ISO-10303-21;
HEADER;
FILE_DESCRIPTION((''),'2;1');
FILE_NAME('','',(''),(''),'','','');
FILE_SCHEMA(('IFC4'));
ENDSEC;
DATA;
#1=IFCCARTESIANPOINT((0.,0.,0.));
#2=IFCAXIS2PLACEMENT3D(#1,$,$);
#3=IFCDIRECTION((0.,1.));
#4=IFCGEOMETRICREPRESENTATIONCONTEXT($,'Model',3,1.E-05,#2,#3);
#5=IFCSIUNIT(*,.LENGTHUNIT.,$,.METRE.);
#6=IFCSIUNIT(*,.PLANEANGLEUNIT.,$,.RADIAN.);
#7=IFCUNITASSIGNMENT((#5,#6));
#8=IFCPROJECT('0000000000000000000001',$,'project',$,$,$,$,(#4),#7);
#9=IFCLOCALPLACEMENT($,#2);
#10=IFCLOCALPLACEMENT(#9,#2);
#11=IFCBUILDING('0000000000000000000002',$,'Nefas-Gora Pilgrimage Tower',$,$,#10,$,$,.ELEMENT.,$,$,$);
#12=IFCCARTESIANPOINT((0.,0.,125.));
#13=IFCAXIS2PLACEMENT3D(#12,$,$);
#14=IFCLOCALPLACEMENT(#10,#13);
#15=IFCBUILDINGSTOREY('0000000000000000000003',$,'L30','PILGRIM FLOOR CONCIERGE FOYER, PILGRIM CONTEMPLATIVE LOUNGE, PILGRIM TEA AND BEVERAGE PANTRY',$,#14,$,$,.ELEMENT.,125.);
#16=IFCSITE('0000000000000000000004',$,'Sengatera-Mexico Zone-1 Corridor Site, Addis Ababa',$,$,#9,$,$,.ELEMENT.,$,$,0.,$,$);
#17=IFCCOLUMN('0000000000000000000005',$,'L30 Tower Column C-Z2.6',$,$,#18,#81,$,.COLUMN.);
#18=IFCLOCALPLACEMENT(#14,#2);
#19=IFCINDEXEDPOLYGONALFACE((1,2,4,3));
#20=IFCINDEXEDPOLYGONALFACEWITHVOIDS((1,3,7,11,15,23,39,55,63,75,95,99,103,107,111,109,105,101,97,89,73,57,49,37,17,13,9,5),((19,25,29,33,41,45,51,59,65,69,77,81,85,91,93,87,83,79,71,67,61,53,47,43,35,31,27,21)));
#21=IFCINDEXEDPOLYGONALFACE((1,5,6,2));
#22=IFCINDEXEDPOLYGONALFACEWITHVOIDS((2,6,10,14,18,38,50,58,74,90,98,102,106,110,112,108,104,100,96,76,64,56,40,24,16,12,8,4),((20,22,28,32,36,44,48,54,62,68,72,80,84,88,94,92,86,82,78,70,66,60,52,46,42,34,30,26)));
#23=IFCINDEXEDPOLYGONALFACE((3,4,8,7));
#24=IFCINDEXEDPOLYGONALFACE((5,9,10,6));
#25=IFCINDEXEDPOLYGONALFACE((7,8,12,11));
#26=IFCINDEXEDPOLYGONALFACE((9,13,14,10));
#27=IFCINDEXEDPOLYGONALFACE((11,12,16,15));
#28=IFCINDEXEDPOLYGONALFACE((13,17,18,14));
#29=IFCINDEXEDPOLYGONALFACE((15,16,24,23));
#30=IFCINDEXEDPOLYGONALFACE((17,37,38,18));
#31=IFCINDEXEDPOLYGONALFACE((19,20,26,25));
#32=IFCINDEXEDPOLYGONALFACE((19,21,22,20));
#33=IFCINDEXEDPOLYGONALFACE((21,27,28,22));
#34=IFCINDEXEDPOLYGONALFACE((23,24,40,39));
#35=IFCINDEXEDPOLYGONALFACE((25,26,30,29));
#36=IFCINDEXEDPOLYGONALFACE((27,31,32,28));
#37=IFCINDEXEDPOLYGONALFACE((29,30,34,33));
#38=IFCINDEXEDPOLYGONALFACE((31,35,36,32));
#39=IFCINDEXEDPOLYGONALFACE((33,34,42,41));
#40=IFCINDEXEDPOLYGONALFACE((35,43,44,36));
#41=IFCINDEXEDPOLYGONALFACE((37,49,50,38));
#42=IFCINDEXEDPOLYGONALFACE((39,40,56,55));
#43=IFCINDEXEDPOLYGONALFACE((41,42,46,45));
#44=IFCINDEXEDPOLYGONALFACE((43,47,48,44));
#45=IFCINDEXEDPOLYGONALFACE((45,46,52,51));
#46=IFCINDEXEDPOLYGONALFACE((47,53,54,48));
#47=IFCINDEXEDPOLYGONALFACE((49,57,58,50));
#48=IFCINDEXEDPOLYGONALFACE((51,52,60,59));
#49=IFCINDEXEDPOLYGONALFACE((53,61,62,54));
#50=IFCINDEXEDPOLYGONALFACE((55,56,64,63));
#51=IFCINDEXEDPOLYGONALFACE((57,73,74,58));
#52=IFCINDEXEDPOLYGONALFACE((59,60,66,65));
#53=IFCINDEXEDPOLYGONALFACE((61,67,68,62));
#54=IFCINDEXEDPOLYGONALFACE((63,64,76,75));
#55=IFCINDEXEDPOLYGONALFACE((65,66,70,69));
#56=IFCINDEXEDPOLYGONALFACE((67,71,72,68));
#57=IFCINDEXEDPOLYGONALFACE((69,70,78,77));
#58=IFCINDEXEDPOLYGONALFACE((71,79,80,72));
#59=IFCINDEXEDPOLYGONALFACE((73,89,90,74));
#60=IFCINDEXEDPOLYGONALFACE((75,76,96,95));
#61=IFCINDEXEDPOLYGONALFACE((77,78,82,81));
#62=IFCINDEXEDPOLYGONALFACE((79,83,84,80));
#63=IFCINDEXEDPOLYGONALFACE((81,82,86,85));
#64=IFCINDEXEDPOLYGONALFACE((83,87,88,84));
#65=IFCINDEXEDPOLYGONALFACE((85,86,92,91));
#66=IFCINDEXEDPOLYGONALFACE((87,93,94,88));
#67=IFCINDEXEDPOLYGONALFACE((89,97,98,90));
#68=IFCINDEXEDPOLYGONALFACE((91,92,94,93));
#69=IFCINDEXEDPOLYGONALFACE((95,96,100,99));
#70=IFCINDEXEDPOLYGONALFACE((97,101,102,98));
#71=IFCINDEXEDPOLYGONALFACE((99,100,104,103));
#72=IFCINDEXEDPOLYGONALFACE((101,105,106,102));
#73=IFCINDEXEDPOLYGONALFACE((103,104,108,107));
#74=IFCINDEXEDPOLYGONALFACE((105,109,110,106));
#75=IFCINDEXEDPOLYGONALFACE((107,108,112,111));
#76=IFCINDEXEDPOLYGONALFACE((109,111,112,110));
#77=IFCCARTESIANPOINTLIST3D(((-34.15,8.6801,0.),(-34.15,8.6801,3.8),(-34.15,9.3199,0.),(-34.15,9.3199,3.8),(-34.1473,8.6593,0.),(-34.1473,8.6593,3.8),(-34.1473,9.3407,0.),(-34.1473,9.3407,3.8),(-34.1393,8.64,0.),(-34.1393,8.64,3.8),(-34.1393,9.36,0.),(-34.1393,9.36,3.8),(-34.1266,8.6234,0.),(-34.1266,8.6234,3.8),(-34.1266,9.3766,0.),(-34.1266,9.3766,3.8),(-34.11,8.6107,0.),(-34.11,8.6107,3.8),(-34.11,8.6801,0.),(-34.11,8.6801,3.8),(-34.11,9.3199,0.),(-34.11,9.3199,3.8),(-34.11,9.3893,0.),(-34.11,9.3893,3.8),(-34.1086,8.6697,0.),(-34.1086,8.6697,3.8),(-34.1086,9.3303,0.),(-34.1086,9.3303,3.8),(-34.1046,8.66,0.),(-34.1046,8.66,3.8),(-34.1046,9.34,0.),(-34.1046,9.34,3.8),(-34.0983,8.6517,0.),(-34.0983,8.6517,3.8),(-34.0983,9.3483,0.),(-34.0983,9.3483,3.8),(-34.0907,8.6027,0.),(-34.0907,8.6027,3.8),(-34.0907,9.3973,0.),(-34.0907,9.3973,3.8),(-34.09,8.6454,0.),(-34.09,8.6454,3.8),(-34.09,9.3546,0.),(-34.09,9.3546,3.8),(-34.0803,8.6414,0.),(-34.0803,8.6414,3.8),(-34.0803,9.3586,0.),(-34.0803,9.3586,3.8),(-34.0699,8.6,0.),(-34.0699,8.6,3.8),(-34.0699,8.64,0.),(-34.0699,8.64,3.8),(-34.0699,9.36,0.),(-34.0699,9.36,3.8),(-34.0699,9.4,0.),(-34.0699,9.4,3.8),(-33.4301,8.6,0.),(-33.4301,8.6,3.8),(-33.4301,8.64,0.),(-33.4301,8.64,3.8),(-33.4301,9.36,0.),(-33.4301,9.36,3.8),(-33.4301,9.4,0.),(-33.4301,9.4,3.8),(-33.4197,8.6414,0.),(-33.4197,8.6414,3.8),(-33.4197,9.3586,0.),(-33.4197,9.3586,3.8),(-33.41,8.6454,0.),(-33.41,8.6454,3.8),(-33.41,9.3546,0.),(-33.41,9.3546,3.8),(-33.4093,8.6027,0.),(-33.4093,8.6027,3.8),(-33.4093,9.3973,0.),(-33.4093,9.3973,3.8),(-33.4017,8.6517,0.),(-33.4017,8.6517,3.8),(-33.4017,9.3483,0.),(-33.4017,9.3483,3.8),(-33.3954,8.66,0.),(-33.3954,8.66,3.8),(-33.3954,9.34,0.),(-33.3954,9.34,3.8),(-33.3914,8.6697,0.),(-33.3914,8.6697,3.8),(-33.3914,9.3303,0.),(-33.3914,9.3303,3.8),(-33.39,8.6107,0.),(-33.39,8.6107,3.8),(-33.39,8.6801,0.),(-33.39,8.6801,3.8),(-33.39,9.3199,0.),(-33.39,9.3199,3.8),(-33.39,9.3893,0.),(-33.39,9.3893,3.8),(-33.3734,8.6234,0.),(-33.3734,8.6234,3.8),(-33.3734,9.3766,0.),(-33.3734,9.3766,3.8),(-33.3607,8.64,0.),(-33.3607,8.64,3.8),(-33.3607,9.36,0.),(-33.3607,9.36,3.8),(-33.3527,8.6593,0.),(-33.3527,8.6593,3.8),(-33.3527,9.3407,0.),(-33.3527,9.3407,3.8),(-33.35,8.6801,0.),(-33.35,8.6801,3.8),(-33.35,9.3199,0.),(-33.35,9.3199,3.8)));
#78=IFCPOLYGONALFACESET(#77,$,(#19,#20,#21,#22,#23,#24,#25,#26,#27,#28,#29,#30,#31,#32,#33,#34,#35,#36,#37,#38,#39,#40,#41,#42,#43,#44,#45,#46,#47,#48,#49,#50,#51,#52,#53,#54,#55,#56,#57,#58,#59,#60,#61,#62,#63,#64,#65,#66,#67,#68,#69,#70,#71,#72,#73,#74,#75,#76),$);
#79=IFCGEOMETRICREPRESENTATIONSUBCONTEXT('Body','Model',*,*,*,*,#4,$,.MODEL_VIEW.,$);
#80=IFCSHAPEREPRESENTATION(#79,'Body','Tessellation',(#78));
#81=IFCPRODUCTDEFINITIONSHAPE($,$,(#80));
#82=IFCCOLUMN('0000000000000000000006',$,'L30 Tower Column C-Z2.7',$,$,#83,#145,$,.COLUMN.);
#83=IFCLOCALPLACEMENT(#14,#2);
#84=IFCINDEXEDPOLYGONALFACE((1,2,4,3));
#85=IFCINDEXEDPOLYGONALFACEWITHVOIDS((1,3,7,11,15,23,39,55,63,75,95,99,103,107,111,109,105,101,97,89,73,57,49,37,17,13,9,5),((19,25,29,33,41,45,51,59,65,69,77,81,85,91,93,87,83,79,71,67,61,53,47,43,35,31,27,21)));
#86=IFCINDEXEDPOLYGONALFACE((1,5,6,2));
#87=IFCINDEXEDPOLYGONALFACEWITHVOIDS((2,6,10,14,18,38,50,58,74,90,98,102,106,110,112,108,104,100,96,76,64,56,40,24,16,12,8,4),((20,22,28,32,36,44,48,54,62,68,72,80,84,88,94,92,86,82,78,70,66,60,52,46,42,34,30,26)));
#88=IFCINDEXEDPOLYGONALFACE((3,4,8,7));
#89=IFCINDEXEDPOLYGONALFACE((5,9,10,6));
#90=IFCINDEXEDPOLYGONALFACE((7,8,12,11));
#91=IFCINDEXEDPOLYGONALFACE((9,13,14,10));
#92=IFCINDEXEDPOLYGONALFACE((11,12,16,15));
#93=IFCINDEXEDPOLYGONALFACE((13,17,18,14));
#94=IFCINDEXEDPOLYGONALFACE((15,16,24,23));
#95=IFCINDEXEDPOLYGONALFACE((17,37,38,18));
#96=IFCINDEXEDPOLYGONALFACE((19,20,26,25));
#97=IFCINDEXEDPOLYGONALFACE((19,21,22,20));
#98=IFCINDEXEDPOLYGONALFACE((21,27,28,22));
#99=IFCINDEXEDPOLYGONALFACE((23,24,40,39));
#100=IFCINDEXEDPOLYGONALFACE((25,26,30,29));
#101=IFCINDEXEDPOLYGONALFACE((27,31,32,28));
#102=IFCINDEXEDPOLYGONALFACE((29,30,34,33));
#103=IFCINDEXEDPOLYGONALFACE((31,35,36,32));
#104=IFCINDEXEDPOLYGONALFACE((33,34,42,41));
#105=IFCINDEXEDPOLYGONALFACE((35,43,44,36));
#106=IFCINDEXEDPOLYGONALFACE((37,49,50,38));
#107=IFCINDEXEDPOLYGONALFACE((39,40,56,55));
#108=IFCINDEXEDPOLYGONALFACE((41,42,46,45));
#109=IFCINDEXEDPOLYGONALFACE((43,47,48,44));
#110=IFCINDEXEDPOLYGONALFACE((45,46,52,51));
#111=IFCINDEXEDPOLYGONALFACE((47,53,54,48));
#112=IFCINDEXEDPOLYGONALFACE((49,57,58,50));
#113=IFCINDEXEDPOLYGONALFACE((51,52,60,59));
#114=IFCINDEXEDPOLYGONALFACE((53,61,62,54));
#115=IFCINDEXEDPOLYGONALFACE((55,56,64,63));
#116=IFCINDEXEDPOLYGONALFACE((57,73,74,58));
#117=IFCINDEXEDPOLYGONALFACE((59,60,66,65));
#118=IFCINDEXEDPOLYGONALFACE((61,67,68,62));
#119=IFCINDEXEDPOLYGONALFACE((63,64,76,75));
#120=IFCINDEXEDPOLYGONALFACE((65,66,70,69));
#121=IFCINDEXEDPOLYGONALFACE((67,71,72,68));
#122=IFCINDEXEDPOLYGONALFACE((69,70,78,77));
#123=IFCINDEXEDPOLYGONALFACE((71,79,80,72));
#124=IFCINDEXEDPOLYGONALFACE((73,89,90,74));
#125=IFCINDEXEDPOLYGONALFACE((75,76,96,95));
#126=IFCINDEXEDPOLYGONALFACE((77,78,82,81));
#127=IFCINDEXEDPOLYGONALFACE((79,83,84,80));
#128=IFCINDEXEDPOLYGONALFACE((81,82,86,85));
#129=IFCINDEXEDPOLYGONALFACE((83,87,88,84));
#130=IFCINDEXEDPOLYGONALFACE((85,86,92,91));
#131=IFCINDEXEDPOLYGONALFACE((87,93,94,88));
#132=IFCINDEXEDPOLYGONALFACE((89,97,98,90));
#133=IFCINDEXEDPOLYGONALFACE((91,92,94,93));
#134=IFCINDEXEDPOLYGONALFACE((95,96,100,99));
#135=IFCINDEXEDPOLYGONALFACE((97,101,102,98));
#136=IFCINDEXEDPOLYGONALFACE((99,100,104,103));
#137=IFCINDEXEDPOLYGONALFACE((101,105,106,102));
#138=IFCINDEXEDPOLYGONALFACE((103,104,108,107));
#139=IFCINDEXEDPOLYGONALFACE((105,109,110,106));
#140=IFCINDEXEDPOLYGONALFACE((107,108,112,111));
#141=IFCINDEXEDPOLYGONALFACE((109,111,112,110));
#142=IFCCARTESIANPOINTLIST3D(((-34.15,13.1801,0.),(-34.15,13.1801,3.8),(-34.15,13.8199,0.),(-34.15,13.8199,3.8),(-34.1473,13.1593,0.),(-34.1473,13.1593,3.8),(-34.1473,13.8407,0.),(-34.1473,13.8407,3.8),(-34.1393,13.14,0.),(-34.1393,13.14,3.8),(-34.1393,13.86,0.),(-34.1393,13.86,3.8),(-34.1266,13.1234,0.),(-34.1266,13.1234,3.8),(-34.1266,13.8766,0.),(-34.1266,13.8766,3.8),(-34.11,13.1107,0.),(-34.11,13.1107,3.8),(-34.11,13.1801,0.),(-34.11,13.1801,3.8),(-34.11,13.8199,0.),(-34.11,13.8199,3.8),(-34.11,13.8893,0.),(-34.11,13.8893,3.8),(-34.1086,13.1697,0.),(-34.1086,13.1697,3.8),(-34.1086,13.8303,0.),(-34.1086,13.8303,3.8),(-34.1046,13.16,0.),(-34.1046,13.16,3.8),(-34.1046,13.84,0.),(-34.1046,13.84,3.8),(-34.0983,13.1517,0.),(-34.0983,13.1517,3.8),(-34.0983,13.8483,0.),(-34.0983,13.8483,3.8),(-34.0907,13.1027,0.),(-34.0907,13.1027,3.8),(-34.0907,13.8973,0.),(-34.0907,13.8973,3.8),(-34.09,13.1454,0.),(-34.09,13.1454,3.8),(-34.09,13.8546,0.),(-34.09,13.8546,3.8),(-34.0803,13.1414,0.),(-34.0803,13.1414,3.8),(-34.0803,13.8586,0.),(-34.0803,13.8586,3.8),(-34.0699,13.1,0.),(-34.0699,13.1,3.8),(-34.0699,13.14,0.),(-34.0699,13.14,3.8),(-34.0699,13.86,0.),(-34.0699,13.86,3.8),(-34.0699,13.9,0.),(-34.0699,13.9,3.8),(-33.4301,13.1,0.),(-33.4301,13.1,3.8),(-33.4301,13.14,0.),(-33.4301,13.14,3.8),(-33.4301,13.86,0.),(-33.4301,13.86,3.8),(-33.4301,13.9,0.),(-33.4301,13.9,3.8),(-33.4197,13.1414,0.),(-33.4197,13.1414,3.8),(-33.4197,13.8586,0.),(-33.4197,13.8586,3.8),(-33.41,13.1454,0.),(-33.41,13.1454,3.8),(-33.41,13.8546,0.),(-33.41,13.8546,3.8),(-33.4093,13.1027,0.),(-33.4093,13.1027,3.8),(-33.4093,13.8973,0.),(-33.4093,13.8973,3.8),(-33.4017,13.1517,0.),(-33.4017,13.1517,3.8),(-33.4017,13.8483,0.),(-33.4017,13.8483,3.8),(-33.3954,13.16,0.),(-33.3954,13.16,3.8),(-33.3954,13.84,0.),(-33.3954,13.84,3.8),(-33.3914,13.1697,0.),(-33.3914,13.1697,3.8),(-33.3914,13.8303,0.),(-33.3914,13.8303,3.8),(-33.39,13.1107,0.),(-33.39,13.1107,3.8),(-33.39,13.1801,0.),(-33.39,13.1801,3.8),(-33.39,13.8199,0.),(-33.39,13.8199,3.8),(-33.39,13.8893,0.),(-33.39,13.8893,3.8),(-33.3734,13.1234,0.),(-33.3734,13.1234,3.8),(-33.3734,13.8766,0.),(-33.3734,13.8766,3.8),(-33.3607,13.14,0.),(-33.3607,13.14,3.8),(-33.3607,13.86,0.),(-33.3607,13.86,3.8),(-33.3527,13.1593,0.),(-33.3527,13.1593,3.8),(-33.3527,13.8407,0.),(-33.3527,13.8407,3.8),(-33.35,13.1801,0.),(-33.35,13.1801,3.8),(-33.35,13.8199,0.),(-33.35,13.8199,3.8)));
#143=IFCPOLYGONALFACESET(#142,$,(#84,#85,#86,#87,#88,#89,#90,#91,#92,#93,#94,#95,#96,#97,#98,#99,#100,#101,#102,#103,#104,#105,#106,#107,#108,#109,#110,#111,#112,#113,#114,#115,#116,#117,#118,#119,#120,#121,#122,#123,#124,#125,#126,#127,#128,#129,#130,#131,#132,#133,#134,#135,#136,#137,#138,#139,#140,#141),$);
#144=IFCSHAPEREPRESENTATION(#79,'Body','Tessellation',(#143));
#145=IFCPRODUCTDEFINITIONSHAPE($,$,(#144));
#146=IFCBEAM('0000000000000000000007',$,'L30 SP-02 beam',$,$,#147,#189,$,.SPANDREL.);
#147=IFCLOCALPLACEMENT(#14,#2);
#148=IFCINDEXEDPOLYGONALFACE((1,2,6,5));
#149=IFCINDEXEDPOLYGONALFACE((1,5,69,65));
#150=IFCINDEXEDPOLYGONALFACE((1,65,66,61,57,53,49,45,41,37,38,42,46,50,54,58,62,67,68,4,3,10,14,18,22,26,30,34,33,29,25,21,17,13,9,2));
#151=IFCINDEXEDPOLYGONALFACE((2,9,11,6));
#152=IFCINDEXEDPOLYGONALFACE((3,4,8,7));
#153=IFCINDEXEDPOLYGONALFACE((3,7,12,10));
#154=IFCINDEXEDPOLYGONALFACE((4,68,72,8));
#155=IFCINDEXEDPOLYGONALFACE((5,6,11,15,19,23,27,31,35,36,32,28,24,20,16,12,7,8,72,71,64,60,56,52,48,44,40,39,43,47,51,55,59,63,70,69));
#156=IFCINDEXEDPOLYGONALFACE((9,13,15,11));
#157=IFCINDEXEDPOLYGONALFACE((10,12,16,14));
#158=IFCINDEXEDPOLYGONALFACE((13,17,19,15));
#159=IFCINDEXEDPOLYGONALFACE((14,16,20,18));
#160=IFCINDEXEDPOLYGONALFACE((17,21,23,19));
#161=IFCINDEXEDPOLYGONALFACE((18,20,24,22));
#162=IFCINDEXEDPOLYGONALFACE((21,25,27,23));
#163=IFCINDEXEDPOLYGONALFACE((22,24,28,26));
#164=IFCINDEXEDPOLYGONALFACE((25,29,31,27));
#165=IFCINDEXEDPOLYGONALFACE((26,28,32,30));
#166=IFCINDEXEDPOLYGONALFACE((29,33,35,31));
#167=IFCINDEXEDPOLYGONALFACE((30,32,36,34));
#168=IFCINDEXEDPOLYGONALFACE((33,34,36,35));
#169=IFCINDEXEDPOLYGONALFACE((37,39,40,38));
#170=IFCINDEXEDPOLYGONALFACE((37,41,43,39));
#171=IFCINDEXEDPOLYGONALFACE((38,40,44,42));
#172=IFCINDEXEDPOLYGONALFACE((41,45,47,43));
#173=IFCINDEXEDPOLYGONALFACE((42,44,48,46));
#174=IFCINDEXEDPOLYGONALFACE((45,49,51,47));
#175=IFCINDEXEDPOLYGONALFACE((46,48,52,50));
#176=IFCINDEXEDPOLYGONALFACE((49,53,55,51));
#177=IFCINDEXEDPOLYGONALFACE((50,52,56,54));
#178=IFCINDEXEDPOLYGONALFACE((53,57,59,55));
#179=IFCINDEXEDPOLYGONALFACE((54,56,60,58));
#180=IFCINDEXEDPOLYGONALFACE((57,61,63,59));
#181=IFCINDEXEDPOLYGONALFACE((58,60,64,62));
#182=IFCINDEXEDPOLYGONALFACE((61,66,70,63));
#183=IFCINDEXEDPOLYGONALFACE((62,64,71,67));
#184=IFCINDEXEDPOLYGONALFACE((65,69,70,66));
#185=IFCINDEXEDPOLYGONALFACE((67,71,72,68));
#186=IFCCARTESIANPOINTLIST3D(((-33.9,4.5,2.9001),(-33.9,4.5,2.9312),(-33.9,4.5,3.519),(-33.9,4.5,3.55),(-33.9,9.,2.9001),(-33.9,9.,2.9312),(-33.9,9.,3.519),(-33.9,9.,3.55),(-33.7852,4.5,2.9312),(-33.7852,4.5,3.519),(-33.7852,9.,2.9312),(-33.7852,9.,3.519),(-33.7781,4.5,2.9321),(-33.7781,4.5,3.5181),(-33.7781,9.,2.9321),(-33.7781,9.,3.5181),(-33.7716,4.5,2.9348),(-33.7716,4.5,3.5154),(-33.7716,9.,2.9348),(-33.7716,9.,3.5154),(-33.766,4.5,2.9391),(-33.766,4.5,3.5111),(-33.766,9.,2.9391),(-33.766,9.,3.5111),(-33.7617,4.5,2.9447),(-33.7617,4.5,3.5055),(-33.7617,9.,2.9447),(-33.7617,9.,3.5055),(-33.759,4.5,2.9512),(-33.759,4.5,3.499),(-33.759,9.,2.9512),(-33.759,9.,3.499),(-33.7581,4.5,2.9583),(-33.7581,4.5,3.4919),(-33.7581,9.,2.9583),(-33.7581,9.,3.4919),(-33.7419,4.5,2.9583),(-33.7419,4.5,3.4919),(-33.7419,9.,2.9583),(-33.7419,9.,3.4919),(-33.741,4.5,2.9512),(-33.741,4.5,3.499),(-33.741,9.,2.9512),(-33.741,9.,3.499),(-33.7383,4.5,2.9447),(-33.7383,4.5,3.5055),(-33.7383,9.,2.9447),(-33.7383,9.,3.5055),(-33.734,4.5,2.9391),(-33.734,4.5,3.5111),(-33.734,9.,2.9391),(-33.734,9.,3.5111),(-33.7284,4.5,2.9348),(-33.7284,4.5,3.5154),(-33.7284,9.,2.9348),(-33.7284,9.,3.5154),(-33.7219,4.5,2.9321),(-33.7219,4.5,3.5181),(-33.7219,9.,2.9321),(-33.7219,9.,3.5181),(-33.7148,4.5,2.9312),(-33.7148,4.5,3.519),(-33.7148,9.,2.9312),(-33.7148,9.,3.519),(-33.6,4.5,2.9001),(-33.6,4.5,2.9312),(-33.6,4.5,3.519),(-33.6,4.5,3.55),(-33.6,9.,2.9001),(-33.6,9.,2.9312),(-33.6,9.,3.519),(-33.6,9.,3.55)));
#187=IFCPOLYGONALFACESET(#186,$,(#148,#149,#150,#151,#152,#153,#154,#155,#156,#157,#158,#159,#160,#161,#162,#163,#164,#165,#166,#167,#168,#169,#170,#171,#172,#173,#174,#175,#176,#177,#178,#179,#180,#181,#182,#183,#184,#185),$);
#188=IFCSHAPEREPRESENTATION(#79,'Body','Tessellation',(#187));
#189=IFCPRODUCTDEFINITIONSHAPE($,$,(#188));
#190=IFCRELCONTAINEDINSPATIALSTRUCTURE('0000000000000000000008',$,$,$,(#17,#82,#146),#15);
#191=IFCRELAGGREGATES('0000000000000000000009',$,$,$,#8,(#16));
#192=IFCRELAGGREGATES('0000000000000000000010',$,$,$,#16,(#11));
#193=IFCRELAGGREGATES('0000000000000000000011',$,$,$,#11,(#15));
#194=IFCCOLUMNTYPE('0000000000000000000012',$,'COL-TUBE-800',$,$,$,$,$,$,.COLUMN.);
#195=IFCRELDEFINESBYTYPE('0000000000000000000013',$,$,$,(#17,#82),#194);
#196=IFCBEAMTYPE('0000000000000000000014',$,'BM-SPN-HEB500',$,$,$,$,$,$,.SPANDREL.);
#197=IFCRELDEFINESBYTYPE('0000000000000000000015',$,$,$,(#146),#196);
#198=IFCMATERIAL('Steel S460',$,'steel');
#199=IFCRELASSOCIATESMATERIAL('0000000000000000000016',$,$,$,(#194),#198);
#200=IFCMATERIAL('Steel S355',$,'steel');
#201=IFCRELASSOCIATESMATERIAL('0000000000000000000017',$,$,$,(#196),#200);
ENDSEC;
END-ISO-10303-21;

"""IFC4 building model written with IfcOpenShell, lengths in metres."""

from ifc_helpers import new_model, si_unit, direction, frame, origin, origin_2d, place, context, subcontext, project, spatial, hollow_rectangle, i_section, extrude, source, transform, mapped, material, material_profile, profile_set, type_object, element, save


model = new_model("IFC4")

# Units and contexts
model_context = context("Model", 3, precision=1e-05, world=origin(), true_north=direction((0.0, 1.0)))
body_context = subcontext(model_context, "Body", "Model", "MODEL_VIEW")
ifc_project = project(units=[si_unit("LENGTHUNIT", "METRE"), si_unit("PLANEANGLEUNIT", "RADIAN")], contexts=[model_context])

# Site, building, storey
site_placement = place(None, origin())
site = spatial("IfcSite", under=ifc_project, at=site_placement, Name="Sengatera-Mexico Zone-1 Corridor Site, Addis Ababa", CompositionType="ELEMENT", RefElevation=0.0)
building_placement = place(site_placement, origin())
building = spatial("IfcBuilding", under=site, at=building_placement, Name="Nefas-Gora Pilgrimage Tower", CompositionType="ELEMENT")
storey_placement = place(building_placement, frame((0.0, 0.0, 125.0)))
storey = spatial("IfcBuildingStorey", under=building, at=storey_placement, Name="L30", Description="PILGRIM FLOOR CONCIERGE FOYER, PILGRIM CONTEMPLATIVE LOUNGE, PILGRIM TEA AND BEVERAGE PANTRY", CompositionType="ELEMENT", Elevation=125.0)

# Columns
ifc_material_1 = material(Name="Steel S460", Category="steel")
ifc_material_profile_1 = material_profile(ifc_material_1, hollow_rectangle(XDim=0.8, YDim=0.8, WallThickness=0.04, InnerFilletRadius=0.04, OuterFilletRadius=0.0801, at=origin_2d()), Name="BOX 800x800x40")
ifc_profile_set_1 = profile_set([ifc_material_profile_1], Name="Steel S460")
column_type_1 = type_object("IfcColumnType", Name="COL-TUBE-800", PredefinedType="COLUMN", material=ifc_profile_set_1)
shared_shape_1 = source(origin(), body_context, "Body", "SweptSolid", [
    extrude(hollow_rectangle(XDim=0.8, YDim=0.8, WallThickness=0.04, InnerFilletRadius=0.04, OuterFilletRadius=0.0801, at=origin_2d()), origin(), (0.0, 0.0, 1.0), 3.8),
])
for number, where, z_axis, x_axis, name in (
    (1, (-33.75, 9.0, 0.0), (0.0, 0.0, 1.0), (1.0, 0.0, 0.0), "L30 Tower Column C-Z2.6"),
    (2, (-33.75, 13.5, 0.0), (0.0, 0.0, 1.0), (1.0, 0.0, 0.0), "L30 Tower Column C-Z2.7"),
):
    element("IfcColumn", number, at=place(storey_placement, frame(where, z_axis=z_axis, x_axis=x_axis)), inside=storey, type_object=column_type_1, Name=name, PredefinedType="COLUMN", context=body_context, shape_type="MappedRepresentation", body=[
        mapped(shared_shape_1, transform((0.0, 0.0, 0.0), x_axis=(1.0, 0.0, 0.0), y_axis=(0.0, 1.0, 0.0), z_axis=(0.0, 0.0, 1.0), scale=1.0)),
    ])

# Beam
ifc_material_2 = material(Name="Steel S355", Category="steel")
ifc_material_profile_2 = material_profile(ifc_material_2, i_section(OverallWidth=0.3, OverallDepth=0.6499, WebThickness=0.0161, FlangeThickness=0.031, FilletRadius=0.0271, at=origin_2d()), Name="HEB 650")
ifc_profile_set_2 = profile_set([ifc_material_profile_2], Name="Steel S355")
beam_type_1 = type_object("IfcBeamType", Name="BM-SPN-HEB500", PredefinedType="SPANDREL", material=ifc_profile_set_2)
shared_shape_2 = source(origin(), body_context, "Body", "SweptSolid", [
    extrude(i_section(OverallWidth=0.3, OverallDepth=0.6499, WebThickness=0.0161, FlangeThickness=0.031, FilletRadius=0.0271, at=origin_2d()), origin(), (0.0, 0.0, 1.0), 4.5),
])
for number, where, z_axis, x_axis, name in (
    (3, (-33.75, 4.5, 3.2251), (0.0, 1.0, 0.0), (-1.0, 0.0, 0.0), "L30 SP-02 beam"),
):
    element("IfcBeam", number, at=place(storey_placement, frame(where, z_axis=z_axis, x_axis=x_axis)), inside=storey, type_object=beam_type_1, Name=name, PredefinedType="SPANDREL", context=body_context, shape_type="MappedRepresentation", body=[
        mapped(shared_shape_2, transform((0.0, 0.0, 0.0), x_axis=(1.0, 0.0, 0.0), y_axis=(0.0, 1.0, 0.0), z_axis=(0.0, 0.0, 1.0), scale=1.0)),
    ])

save(model, "model.ifc")
